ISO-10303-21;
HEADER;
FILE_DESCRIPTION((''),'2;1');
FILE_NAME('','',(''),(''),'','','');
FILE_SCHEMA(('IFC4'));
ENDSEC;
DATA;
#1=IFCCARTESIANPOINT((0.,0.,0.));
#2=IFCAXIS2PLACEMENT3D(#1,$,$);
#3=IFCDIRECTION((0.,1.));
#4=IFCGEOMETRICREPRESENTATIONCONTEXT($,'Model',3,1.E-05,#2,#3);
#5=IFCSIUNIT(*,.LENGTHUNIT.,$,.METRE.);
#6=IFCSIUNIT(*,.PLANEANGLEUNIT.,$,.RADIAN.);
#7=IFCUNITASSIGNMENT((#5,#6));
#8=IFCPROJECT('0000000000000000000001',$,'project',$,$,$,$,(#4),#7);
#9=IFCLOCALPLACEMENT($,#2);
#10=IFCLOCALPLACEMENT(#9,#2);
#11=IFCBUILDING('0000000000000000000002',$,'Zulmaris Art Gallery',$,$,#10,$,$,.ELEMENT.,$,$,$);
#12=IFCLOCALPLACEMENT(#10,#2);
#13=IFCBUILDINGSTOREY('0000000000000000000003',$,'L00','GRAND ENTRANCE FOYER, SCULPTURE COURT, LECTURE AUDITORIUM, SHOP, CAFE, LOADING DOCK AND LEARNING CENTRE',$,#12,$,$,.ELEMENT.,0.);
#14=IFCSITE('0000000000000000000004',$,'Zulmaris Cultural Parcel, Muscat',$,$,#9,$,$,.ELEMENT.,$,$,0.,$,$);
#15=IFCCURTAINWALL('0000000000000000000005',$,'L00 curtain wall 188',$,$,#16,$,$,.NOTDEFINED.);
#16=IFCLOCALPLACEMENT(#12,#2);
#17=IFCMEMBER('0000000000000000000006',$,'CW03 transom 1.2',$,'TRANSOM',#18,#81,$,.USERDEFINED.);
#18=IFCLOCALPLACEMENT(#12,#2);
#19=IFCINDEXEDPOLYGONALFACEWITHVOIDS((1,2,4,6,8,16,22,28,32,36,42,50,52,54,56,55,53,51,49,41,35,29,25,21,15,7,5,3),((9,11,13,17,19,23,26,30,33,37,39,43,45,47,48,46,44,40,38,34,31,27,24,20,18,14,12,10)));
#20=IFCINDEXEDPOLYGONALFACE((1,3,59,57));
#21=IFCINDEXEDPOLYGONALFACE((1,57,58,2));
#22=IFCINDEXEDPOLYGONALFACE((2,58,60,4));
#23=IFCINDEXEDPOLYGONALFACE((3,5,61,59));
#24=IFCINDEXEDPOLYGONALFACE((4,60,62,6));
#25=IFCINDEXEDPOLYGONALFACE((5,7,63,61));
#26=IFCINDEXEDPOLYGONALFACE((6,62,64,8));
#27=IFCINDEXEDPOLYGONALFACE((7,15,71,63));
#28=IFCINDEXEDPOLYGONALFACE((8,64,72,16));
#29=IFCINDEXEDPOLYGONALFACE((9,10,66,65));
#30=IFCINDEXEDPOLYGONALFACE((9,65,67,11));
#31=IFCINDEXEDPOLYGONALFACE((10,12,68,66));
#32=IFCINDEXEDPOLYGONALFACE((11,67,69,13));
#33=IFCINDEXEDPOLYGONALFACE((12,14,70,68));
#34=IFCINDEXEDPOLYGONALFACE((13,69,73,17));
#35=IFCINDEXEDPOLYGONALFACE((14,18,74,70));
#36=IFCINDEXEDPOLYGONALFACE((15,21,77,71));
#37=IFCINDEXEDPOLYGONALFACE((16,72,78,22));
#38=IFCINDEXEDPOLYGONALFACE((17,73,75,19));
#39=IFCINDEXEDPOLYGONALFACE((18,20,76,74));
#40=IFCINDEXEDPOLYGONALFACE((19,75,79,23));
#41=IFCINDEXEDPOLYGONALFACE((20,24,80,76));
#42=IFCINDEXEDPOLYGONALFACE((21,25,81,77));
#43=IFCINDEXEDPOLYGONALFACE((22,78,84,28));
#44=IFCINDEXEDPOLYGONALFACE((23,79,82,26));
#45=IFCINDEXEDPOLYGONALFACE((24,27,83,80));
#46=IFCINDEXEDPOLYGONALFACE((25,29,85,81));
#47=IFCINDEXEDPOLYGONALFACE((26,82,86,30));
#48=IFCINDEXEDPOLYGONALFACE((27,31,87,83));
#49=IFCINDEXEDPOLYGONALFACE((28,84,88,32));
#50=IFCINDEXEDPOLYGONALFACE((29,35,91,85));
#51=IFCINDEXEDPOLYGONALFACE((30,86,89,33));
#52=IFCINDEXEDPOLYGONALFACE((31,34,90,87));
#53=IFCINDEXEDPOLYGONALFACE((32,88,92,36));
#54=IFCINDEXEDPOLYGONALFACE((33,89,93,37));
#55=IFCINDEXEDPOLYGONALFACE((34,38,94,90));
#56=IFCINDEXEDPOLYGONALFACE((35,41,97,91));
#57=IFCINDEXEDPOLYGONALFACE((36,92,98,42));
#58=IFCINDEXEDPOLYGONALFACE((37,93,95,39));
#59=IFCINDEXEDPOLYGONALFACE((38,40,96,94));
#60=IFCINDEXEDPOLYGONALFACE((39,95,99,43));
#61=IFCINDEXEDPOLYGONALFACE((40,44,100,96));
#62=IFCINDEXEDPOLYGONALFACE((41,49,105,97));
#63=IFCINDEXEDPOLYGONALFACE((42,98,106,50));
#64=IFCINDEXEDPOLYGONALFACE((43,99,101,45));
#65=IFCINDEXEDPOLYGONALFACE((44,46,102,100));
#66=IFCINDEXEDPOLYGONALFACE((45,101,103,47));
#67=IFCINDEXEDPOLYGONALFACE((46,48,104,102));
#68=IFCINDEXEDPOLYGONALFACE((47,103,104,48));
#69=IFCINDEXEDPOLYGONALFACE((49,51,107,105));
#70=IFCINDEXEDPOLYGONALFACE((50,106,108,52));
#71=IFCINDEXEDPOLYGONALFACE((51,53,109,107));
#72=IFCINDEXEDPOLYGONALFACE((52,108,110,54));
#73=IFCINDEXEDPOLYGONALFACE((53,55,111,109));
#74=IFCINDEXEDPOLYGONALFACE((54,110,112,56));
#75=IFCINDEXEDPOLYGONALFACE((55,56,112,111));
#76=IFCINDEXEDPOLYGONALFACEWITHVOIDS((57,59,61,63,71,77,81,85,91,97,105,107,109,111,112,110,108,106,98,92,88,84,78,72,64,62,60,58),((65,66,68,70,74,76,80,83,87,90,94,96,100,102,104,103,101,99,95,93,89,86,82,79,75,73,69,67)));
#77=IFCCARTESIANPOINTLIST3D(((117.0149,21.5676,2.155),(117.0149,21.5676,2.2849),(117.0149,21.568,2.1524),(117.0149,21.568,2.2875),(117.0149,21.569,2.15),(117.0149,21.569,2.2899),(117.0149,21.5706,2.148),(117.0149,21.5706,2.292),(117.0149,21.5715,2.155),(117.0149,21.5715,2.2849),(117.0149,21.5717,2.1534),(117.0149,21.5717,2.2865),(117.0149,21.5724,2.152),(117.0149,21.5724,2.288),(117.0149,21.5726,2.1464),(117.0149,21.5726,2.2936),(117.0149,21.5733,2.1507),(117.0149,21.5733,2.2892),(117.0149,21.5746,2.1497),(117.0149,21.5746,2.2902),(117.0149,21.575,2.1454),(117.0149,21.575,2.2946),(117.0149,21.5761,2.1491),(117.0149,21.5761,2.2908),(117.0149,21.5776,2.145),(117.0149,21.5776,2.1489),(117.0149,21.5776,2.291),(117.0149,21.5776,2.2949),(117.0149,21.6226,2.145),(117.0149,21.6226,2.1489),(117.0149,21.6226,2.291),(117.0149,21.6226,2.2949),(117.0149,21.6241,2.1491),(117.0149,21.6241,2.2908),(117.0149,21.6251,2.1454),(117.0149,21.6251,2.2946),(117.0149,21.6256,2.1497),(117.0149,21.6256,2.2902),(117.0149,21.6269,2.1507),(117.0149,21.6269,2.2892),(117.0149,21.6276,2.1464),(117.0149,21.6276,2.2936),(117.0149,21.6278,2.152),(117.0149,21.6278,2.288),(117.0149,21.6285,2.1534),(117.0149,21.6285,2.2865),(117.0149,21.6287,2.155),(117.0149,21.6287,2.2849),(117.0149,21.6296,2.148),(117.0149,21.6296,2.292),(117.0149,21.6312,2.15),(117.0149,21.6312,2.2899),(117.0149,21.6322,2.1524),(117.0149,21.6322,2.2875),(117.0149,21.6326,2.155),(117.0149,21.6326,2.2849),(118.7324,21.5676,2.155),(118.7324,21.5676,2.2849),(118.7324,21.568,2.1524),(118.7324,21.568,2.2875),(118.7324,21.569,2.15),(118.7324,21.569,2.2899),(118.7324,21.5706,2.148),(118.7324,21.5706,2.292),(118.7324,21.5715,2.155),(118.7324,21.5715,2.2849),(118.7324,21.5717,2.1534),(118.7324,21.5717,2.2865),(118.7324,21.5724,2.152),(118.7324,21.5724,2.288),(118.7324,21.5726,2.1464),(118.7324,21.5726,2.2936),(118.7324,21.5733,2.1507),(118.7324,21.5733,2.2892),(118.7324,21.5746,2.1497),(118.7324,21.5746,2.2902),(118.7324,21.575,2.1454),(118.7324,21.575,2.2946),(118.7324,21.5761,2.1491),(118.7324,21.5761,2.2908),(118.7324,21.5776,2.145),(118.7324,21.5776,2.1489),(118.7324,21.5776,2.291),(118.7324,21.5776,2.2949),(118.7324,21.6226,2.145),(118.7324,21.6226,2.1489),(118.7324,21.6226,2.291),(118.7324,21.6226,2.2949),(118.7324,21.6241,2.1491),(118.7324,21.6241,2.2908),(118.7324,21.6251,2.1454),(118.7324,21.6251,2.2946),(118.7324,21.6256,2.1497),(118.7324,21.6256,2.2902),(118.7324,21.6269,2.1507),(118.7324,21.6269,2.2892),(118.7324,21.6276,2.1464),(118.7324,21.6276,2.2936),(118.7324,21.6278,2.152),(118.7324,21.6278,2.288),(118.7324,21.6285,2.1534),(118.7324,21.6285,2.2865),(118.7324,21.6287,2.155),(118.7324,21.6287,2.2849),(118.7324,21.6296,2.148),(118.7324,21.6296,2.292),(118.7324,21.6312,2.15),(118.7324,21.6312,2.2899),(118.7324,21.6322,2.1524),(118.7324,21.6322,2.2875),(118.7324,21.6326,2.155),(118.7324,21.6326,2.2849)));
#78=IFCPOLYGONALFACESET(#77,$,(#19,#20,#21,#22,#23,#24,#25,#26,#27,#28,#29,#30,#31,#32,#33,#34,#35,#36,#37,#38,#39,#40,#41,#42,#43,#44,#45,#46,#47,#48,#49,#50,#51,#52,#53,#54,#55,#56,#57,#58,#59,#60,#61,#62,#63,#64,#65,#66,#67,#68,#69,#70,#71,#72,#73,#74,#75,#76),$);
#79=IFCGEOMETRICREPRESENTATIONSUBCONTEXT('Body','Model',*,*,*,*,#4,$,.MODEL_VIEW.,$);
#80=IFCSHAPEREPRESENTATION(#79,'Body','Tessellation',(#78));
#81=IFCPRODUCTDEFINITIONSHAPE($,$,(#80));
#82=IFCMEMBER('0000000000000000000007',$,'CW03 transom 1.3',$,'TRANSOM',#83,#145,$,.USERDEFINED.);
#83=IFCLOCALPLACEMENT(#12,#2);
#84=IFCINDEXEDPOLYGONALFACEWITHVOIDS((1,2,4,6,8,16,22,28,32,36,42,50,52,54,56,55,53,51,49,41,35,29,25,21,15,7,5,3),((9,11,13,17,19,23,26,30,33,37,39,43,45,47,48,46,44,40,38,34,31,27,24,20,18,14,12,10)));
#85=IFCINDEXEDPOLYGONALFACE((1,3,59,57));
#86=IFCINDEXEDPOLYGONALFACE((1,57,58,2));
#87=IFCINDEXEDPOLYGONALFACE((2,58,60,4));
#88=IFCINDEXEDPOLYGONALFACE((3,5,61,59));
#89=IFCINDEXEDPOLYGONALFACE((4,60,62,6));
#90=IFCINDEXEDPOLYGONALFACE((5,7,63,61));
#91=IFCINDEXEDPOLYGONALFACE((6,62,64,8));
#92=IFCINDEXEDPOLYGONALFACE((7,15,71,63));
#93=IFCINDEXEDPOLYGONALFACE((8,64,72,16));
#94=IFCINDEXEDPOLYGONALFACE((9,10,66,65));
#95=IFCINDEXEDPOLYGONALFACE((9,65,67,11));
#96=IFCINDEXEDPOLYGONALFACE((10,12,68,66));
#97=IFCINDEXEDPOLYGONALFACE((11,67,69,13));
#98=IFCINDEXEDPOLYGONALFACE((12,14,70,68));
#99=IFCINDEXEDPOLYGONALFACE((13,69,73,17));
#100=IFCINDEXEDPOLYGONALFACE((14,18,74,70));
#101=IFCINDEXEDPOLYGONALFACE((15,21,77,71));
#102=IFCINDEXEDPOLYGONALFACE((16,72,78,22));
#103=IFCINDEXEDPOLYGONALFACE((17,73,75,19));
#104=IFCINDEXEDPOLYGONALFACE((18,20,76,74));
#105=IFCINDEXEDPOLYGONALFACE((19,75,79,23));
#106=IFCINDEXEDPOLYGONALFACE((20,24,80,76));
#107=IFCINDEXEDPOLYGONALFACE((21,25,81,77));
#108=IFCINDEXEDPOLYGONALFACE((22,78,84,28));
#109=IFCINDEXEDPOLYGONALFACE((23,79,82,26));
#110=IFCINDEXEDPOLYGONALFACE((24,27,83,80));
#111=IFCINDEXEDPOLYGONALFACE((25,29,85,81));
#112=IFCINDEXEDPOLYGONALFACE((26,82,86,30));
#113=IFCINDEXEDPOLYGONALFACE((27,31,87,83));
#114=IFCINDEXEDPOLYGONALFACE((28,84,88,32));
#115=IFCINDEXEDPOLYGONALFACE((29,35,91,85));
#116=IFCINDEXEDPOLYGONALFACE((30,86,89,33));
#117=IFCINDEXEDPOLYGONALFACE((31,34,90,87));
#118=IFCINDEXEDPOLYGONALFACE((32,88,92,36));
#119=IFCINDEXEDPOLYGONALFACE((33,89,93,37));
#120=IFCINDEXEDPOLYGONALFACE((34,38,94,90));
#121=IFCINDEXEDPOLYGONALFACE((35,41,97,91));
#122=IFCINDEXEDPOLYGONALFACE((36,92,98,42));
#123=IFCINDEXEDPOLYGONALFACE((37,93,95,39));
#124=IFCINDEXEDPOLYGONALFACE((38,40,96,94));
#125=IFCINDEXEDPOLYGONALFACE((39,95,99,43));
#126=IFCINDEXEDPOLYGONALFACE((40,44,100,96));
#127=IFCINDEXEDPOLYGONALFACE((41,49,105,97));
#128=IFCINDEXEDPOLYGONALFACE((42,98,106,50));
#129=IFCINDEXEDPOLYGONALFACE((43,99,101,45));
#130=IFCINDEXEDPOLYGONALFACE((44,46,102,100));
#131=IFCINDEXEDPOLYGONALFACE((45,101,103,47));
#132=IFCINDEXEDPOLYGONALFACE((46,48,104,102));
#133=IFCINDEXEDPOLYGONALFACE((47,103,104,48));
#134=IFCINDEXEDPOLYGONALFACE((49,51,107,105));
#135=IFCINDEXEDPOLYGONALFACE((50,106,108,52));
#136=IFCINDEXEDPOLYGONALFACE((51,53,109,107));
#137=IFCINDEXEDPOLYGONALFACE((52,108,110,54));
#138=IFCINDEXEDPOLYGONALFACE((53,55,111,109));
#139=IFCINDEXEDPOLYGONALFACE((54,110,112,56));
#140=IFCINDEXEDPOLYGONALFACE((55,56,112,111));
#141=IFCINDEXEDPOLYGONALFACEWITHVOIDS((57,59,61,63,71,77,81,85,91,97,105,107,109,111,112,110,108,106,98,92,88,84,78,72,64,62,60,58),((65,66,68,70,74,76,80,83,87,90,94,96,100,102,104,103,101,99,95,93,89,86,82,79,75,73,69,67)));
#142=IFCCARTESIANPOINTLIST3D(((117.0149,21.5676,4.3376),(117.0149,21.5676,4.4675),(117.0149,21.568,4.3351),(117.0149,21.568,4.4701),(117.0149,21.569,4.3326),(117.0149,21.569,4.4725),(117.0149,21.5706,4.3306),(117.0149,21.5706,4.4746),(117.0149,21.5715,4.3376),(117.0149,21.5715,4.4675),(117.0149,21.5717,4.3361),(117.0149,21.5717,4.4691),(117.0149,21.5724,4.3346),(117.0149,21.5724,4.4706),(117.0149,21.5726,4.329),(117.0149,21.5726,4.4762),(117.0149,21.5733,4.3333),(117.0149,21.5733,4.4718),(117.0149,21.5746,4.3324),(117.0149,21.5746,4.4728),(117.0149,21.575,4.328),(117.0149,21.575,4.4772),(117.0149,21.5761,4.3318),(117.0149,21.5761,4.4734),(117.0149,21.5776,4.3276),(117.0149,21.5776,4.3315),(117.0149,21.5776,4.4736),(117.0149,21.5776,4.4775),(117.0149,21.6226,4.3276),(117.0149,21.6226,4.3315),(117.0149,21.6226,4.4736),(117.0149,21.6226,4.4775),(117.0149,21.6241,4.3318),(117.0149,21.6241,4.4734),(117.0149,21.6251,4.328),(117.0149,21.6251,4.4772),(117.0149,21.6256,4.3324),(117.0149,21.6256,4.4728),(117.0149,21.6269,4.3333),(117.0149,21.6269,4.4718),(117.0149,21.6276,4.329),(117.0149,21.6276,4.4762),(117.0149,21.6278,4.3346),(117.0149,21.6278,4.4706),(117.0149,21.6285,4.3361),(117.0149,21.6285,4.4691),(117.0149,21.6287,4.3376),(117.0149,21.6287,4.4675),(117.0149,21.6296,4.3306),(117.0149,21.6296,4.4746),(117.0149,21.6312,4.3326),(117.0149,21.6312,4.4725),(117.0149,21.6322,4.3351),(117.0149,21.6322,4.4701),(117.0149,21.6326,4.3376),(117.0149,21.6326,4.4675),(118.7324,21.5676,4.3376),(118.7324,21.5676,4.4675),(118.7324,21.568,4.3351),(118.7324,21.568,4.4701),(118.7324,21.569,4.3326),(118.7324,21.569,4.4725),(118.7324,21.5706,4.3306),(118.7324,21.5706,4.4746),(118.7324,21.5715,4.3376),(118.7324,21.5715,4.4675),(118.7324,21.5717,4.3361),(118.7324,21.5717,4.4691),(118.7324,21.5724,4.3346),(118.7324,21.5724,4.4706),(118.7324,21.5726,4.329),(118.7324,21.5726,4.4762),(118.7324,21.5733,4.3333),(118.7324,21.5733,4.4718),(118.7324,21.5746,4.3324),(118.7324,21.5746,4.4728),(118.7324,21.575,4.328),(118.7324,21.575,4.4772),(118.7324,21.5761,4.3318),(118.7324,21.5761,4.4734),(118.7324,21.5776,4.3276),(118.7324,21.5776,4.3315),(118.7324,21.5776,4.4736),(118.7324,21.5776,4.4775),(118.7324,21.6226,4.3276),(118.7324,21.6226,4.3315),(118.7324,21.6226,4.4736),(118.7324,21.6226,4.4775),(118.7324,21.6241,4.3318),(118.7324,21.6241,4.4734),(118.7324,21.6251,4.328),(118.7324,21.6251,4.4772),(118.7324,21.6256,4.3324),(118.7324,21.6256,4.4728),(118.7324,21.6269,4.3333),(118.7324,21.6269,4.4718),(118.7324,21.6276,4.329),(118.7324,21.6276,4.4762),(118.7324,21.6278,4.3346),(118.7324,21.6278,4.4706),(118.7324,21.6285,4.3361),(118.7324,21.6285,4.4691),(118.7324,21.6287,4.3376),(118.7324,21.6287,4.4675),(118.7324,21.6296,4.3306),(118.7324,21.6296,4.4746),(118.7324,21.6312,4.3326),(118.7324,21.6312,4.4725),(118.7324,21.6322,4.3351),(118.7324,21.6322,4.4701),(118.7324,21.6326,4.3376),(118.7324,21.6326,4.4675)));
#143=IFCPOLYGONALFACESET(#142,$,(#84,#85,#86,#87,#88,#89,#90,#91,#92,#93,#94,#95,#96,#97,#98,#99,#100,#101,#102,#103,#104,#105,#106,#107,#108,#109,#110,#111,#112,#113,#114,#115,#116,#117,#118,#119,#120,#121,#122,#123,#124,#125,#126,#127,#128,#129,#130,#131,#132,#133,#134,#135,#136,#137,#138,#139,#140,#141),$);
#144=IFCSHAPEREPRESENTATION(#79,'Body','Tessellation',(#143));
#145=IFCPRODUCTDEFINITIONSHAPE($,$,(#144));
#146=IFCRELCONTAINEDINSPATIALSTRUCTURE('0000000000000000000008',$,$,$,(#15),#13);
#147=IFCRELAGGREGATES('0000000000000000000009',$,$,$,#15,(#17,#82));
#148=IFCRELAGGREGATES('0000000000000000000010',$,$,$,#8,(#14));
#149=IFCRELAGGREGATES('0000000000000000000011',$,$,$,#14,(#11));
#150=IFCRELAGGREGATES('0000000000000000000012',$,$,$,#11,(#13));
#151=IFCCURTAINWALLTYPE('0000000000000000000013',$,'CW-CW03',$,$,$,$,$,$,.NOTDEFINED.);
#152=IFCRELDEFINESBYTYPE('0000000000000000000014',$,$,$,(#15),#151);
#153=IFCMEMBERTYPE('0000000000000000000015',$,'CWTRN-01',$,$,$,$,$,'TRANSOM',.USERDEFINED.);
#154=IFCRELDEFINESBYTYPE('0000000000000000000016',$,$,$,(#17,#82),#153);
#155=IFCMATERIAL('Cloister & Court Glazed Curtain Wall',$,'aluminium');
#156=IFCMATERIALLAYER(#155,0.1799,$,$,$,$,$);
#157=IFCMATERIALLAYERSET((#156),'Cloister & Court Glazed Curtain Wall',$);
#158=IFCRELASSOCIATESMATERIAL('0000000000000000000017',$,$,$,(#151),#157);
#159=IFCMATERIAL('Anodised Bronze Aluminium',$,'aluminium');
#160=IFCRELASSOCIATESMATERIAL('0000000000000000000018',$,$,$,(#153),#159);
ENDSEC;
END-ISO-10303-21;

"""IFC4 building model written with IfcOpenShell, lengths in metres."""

from ifc_helpers import new_model, si_unit, direction, frame, origin, origin_2d, place, context, subcontext, project, spatial, hollow_rectangle, extrude, material, layer, layer_set, material_profile, profile_set, type_object, element, aggregate, save


model = new_model("IFC4")

# Units and contexts
model_context = context("Model", 3, precision=1e-05, world=origin(), true_north=direction((0.0, 1.0)))
body_context = subcontext(model_context, "Body", "Model", "MODEL_VIEW")
ifc_project = project(units=[si_unit("LENGTHUNIT", "METRE"), si_unit("PLANEANGLEUNIT", "RADIAN")], contexts=[model_context])

# Site, building, storey
site_placement = place(None, origin())
site = spatial("IfcSite", under=ifc_project, at=site_placement, Name="Zulmaris Cultural Parcel, Muscat", CompositionType="ELEMENT", RefElevation=0.0)
building_placement = place(site_placement, origin())
building = spatial("IfcBuilding", under=site, at=building_placement, Name="Zulmaris Art Gallery", CompositionType="ELEMENT")
storey_placement = place(building_placement, origin())
storey = spatial("IfcBuildingStorey", under=building, at=storey_placement, Name="L00", Description="GRAND ENTRANCE FOYER, SCULPTURE COURT, LECTURE AUDITORIUM, SHOP, CAFE, LOADING DOCK AND LEARNING CENTRE", CompositionType="ELEMENT", Elevation=0.0)

# Curtain wall
ifc_material_1 = material(Name="Cloister & Court Glazed Curtain Wall", Category="aluminium")
ifc_layer_1 = layer(ifc_material_1, 0.1799)
ifc_layer_set_1 = layer_set([ifc_layer_1], Name="Cloister & Court Glazed Curtain Wall")
curtain_wall_type = type_object("IfcCurtainWallType", Name="CW-CW03", PredefinedType="NOTDEFINED", material=ifc_layer_set_1)
ifc_material_2 = material(Name="Anodised Bronze Aluminium", Category="aluminium")
curtain_wall_1_placement = place(storey_placement, origin())
curtain_wall_1 = element("IfcCurtainWall", 1, at=curtain_wall_1_placement, inside=storey, type_object=curtain_wall_type, Name="L00 curtain wall 188", PredefinedType="NOTDEFINED")

# Members
ifc_material_profile_1 = material_profile(ifc_material_2, hollow_rectangle(XDim=0.0649, YDim=0.1499, WallThickness=0.0039, InnerFilletRadius=0.0061, OuterFilletRadius=0.01, at=origin_2d()), Name="ALU 65x150x4")
ifc_profile_set_1 = profile_set([ifc_material_profile_1], Name="Anodised Bronze Aluminium")
member_type_1 = type_object("IfcMemberType", Name="CWTRN-01", ElementType="TRANSOM", PredefinedType="USERDEFINED", material=ifc_profile_set_1)
member_1_placement = place(storey_placement, frame((117.0149, 21.6001, 2.22), z_axis=(1.0, 0.0, 0.0), x_axis=(0.0, 1.0, 0.0)))
member_1 = element("IfcMember", 2, at=member_1_placement, type_object=member_type_1, Name="CW03 transom 1.2", ObjectType="TRANSOM", PredefinedType="USERDEFINED", context=body_context, shape_type="SweptSolid", body=[
    extrude(hollow_rectangle(XDim=0.0649, YDim=0.1499, WallThickness=0.0039, InnerFilletRadius=0.0061, OuterFilletRadius=0.01, at=origin_2d()), origin(), (0.0, 0.0, 1.0), 1.7175),
])
member_2_placement = place(storey_placement, frame((117.0149, 21.6001, 4.4026), z_axis=(1.0, 0.0, 0.0), x_axis=(0.0, 1.0, 0.0)))
member_2 = element("IfcMember", 3, at=member_2_placement, type_object=member_type_1, Name="CW03 transom 1.3", ObjectType="TRANSOM", PredefinedType="USERDEFINED", context=body_context, shape_type="SweptSolid", body=[
    extrude(hollow_rectangle(XDim=0.0649, YDim=0.1499, WallThickness=0.0039, InnerFilletRadius=0.0061, OuterFilletRadius=0.01, at=origin_2d()), origin(), (0.0, 0.0, 1.0), 1.7175),
])

aggregate(curtain_wall_1, [member_1, member_2])

save(model, "model.ifc")
